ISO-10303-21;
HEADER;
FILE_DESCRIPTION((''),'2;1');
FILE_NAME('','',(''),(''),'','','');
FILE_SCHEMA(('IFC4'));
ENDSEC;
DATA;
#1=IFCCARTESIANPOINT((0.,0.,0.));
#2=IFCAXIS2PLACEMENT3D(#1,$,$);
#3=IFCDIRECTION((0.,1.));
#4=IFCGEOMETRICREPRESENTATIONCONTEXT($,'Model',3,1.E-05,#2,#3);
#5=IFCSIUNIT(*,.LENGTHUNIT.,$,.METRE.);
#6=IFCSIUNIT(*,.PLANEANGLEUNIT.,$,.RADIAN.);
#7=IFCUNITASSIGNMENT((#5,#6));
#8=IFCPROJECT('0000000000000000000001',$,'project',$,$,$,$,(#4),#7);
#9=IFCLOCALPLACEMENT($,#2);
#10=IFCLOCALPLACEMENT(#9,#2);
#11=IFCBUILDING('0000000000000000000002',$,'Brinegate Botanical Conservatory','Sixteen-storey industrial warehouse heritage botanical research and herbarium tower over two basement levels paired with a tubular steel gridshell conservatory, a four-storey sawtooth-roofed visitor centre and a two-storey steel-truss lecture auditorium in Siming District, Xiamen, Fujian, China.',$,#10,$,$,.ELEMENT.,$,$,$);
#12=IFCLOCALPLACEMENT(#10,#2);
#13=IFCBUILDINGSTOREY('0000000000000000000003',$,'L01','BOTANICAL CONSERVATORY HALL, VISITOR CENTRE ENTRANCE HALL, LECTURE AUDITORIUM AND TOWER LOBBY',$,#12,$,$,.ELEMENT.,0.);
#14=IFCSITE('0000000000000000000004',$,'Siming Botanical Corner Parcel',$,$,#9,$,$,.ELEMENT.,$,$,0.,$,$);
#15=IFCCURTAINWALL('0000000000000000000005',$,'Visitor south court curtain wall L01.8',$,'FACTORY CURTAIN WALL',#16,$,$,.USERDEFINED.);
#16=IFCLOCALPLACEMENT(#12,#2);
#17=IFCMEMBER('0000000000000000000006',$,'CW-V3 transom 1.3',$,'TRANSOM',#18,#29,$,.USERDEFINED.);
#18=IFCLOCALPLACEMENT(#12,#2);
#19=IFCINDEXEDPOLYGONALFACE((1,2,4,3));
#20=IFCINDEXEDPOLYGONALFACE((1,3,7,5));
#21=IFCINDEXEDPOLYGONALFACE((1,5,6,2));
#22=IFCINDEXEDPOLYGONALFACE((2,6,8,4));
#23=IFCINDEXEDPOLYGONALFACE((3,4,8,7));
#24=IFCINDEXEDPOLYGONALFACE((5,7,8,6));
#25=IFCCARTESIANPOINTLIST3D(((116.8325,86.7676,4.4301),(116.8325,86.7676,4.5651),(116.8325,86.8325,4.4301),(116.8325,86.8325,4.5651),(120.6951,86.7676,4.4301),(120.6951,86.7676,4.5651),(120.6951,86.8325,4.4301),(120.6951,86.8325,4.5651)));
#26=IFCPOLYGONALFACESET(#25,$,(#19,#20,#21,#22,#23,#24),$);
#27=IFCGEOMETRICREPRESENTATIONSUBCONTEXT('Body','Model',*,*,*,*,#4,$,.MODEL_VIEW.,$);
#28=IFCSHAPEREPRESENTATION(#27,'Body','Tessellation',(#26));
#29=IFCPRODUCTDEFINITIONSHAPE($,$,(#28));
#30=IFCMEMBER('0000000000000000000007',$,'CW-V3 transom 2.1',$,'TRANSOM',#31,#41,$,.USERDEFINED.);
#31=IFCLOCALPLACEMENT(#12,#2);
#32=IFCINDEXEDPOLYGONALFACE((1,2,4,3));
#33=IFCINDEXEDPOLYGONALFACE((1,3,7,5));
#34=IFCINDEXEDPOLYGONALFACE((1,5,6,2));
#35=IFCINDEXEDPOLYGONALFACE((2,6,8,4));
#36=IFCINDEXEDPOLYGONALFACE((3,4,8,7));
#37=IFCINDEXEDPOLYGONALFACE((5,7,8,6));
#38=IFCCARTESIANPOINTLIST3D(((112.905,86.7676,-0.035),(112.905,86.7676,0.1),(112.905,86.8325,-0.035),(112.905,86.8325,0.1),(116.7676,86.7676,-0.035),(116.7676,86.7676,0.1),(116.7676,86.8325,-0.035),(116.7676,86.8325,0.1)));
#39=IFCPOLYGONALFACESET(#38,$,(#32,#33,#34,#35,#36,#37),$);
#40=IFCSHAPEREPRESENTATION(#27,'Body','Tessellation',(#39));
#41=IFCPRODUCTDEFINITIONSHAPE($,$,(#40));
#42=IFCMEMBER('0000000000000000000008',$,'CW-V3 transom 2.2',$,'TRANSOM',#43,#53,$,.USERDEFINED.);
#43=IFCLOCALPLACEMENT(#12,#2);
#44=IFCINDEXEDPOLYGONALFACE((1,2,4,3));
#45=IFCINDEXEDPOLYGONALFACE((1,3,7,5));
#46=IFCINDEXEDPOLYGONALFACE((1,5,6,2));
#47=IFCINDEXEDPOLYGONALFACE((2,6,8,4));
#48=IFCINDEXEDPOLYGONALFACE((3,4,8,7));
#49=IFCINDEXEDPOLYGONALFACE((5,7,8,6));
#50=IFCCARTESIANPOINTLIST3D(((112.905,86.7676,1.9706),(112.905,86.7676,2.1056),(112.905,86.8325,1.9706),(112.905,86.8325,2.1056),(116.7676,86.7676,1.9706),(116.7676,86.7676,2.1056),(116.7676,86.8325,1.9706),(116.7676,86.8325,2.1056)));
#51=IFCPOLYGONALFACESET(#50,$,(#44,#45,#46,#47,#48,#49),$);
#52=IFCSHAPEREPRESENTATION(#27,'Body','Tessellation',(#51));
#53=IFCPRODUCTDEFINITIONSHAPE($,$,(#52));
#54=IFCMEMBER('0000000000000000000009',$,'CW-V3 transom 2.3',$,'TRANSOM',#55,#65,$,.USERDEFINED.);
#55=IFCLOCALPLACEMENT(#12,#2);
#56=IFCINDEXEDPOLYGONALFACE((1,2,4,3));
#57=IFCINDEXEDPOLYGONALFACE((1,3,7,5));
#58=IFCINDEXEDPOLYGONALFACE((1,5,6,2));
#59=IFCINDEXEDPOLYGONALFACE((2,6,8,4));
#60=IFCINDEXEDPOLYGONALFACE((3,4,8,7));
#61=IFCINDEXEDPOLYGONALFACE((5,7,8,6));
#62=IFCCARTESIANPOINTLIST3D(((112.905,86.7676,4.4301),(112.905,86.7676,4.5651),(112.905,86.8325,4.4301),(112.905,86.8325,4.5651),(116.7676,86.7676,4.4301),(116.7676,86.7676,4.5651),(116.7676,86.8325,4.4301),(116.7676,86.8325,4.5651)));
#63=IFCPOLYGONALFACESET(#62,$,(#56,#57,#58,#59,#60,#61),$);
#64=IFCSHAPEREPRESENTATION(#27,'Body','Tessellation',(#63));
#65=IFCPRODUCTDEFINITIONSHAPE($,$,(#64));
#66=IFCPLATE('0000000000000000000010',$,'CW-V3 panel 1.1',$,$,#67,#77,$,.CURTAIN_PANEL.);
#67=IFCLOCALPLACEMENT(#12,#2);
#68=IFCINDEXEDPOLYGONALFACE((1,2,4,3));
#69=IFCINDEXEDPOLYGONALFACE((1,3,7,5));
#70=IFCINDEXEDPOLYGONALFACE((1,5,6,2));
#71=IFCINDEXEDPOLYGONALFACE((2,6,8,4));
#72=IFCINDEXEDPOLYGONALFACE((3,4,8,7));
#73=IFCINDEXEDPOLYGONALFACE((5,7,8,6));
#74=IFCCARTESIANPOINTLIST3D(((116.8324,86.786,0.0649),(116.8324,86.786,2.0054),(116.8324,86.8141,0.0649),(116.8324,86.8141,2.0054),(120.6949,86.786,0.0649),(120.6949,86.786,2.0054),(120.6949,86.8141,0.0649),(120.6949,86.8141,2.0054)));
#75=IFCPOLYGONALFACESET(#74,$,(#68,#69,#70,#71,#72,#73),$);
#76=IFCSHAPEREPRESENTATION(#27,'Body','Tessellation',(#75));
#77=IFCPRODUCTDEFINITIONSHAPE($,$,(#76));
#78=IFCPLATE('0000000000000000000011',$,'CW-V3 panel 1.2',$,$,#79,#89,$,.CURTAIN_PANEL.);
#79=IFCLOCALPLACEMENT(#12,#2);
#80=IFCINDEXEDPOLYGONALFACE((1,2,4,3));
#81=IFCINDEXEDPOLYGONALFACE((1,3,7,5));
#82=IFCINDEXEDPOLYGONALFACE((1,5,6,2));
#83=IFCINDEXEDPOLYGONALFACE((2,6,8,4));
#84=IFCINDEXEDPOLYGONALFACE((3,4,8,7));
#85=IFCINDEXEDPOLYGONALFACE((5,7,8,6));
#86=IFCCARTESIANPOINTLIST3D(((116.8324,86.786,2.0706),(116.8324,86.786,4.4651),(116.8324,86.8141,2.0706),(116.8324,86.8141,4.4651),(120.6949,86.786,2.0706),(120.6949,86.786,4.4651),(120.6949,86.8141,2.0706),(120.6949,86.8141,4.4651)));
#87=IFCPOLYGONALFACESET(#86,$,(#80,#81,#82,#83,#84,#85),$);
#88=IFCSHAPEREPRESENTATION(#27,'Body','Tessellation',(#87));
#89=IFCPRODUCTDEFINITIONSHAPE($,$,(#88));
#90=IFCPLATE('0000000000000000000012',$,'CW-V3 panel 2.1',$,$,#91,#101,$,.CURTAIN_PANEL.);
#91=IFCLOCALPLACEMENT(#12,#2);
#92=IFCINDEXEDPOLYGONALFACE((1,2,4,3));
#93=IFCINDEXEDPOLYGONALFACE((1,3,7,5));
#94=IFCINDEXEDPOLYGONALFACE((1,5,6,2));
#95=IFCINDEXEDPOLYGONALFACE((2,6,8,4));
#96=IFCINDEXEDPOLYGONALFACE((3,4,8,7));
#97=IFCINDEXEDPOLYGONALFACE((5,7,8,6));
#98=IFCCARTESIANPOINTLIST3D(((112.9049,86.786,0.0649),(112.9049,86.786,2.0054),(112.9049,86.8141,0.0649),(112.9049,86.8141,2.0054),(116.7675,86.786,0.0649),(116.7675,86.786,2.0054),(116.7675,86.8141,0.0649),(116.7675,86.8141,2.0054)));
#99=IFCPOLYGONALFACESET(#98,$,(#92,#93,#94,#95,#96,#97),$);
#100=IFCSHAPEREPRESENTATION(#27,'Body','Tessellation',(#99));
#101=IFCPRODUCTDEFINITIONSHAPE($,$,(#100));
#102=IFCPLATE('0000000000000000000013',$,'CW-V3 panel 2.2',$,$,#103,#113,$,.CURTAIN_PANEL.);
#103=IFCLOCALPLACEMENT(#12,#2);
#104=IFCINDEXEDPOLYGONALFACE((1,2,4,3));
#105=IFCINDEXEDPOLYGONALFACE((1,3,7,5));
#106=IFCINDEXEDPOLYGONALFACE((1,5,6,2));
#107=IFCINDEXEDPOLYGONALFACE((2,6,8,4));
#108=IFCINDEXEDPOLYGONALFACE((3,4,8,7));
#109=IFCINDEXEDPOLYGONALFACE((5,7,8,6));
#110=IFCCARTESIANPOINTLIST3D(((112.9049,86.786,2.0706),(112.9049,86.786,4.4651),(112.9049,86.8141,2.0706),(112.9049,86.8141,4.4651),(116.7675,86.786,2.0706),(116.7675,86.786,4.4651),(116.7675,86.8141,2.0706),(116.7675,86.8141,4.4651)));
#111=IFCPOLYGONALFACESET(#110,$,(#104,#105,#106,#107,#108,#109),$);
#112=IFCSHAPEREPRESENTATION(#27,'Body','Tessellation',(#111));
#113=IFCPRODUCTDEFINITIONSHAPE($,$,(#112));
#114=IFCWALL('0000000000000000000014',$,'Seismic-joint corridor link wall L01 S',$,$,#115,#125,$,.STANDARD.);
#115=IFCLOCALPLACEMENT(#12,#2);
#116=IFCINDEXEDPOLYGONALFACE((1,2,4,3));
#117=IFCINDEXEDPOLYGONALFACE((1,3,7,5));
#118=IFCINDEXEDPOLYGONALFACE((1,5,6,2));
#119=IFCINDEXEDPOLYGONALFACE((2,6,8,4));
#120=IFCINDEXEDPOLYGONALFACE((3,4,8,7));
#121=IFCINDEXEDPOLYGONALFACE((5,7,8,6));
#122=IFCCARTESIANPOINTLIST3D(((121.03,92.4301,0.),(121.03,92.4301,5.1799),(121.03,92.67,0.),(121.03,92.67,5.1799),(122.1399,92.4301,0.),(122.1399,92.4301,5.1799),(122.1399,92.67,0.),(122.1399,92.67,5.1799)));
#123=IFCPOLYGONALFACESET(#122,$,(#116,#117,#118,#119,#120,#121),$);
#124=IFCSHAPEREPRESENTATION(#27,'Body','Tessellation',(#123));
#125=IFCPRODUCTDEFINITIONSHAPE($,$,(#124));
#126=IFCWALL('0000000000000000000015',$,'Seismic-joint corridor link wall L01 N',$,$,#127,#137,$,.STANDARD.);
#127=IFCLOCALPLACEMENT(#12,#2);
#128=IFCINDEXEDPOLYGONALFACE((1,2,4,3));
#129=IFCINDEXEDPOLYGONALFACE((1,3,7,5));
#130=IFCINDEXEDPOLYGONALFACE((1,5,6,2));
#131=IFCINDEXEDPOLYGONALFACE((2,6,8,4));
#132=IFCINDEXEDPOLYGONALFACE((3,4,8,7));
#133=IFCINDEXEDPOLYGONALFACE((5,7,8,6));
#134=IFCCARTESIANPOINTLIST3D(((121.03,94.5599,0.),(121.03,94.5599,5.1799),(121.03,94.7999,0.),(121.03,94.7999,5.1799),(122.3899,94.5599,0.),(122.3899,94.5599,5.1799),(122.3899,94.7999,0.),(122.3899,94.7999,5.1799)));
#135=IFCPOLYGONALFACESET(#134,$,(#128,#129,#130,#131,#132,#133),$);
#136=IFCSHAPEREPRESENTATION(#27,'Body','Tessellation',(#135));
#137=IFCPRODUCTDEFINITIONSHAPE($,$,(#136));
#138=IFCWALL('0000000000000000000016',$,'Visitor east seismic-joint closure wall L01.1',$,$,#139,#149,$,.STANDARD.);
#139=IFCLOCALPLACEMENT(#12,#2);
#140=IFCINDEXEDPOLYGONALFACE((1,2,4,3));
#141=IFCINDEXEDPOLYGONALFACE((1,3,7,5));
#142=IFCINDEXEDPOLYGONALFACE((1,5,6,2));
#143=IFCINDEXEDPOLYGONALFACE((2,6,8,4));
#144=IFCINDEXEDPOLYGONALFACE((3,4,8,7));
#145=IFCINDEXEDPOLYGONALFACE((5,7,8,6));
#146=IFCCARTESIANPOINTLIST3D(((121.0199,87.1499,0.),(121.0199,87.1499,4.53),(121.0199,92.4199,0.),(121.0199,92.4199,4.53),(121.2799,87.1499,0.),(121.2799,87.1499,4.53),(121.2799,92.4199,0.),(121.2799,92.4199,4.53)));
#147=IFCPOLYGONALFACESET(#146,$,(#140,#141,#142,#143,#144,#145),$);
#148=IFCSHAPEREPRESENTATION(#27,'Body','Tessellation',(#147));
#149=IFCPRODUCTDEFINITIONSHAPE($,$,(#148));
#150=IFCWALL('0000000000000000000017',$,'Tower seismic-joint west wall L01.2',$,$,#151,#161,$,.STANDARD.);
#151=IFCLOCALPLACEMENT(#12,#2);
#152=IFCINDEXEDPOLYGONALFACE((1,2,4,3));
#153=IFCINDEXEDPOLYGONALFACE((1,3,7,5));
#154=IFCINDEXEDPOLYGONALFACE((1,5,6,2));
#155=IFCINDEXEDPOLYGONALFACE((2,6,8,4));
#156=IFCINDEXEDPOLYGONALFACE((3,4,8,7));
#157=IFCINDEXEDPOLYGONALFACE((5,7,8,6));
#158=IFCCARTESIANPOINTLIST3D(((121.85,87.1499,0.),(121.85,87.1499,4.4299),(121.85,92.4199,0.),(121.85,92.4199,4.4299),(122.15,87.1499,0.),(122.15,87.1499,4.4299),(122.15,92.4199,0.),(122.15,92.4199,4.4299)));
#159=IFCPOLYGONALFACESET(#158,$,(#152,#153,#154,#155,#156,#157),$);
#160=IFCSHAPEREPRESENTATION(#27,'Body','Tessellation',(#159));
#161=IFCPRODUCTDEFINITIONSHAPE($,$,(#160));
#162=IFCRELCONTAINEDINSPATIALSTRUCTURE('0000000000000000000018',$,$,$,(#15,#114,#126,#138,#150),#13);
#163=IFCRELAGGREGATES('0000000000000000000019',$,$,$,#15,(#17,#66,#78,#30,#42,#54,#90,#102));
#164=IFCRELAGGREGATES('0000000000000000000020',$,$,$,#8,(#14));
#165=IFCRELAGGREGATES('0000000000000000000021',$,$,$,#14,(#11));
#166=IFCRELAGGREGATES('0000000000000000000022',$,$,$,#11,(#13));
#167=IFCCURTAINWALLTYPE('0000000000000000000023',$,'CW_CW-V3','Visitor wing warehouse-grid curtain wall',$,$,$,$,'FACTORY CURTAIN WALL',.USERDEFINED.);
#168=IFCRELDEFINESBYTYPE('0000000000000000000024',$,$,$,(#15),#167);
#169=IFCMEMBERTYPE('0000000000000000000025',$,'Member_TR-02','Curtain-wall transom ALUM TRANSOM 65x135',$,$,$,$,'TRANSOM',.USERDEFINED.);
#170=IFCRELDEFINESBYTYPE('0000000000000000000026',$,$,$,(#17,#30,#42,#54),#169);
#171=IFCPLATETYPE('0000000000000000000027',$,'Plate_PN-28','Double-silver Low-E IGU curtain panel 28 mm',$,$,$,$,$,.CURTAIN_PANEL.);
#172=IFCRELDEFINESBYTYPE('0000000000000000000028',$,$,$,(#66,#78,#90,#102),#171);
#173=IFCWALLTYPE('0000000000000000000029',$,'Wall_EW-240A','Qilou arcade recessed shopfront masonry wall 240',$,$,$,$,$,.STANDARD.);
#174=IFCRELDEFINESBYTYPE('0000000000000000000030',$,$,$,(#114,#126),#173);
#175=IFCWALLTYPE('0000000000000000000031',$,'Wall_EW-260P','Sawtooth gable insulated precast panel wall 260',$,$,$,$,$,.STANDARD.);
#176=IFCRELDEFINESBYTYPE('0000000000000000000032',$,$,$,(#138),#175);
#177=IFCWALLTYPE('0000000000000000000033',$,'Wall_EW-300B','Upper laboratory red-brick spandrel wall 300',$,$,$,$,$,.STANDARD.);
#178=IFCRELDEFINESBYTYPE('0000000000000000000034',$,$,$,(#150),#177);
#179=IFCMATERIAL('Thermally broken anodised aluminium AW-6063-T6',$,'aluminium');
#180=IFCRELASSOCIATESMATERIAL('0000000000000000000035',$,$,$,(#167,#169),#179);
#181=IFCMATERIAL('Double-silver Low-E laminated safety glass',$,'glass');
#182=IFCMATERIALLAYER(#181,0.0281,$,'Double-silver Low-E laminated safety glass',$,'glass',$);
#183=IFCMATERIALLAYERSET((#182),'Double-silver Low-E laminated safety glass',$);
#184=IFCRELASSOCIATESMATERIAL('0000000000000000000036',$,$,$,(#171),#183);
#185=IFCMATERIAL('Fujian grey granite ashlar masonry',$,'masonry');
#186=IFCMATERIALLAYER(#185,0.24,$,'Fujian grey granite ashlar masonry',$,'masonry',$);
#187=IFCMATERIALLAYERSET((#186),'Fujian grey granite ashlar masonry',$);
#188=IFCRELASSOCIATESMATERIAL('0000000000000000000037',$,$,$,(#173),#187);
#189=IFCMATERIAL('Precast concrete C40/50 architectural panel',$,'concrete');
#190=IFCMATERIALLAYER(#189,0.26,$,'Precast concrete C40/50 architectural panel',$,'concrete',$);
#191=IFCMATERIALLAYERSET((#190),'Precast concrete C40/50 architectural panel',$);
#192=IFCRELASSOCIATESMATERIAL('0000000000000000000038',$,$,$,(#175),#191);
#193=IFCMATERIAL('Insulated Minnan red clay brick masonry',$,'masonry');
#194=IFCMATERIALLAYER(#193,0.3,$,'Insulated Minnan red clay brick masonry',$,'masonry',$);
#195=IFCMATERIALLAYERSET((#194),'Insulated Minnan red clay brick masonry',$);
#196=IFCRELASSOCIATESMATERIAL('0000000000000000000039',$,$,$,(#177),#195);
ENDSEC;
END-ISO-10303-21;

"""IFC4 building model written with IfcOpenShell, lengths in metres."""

from ifc_helpers import new_model, si_unit, direction, frame, frame_2d, origin, origin_2d, place, context, subcontext, project, spatial, rectangle, extrude, material, layer, layer_set, material_profile, profile_set, type_object, element, aggregate, save


model = new_model("IFC4")

# Units and contexts
model_context = context("Model", 3, precision=1e-05, world=origin(), true_north=direction((0.0, 1.0)))
body_context = subcontext(model_context, "Body", "Model", "MODEL_VIEW")
ifc_project = project(units=[si_unit("LENGTHUNIT", "METRE"), si_unit("PLANEANGLEUNIT", "RADIAN")], contexts=[model_context])

# Site, building, storey
site_placement = place(None, origin())
site = spatial("IfcSite", under=ifc_project, at=site_placement, Name="Siming Botanical Corner Parcel", CompositionType="ELEMENT", RefElevation=0.0)
building_placement = place(site_placement, origin())
building = spatial("IfcBuilding", under=site, at=building_placement, Name="Brinegate Botanical Conservatory", Description="Sixteen-storey industrial warehouse heritage botanical research and herbarium tower over two basement levels paired with a tubular steel gridshell conservatory, a four-storey sawtooth-roofed visitor centre and a two-storey steel-truss lecture auditorium in Siming District, Xiamen, Fujian, China.", CompositionType="ELEMENT")
storey_placement = place(building_placement, origin())
storey = spatial("IfcBuildingStorey", under=building, at=storey_placement, Name="L01", Description="BOTANICAL CONSERVATORY HALL, VISITOR CENTRE ENTRANCE HALL, LECTURE AUDITORIUM AND TOWER LOBBY", CompositionType="ELEMENT", Elevation=0.0)

# Curtain wall, members, plates
ifc_material_1 = material(Name="Thermally broken anodised aluminium AW-6063-T6", Category="aluminium")
curtain_wall_type = type_object("IfcCurtainWallType", Name="CW_CW-V3", Description="Visitor wing warehouse-grid curtain wall", ElementType="FACTORY CURTAIN WALL", PredefinedType="USERDEFINED", material=ifc_material_1)
curtain_wall_placement = place(storey_placement, origin())
curtain_wall = element("IfcCurtainWall", 1, at=curtain_wall_placement, inside=storey, type_object=curtain_wall_type, Name="Visitor south court curtain wall L01.8", ObjectType="FACTORY CURTAIN WALL", PredefinedType="USERDEFINED")
ifc_material_profile_1 = material_profile(ifc_material_1, rectangle(XDim=0.0649, YDim=0.135, at=origin_2d()), Name="ALUM TRANSOM 65x135")
ifc_profile_set_1 = profile_set([ifc_material_profile_1], Name="Thermally broken anodised aluminium AW-6063-T6")
member_type_1 = type_object("IfcMemberType", Name="Member_TR-02", Description="Curtain-wall transom ALUM TRANSOM 65x135", ElementType="TRANSOM", PredefinedType="USERDEFINED", material=ifc_profile_set_1)
member_1_placement = place(storey_placement, frame((120.6951, 86.8, 4.4976), z_axis=(-1.0, 0.0, 0.0), x_axis=(0.0, -1.0, 0.0)))
member_1 = element("IfcMember", 2, at=member_1_placement, type_object=member_type_1, Name="CW-V3 transom 1.3", ObjectType="TRANSOM", PredefinedType="USERDEFINED", context=body_context, shape_type="SweptSolid", body=[
    extrude(rectangle(XDim=0.0649, YDim=0.135, at=origin_2d()), origin(), (0.0, 0.0, 1.0), 3.8625),
])
member_2_placement = place(storey_placement, frame((116.7676, 86.8, 0.0325), z_axis=(-1.0, 0.0, 0.0), x_axis=(0.0, -1.0, 0.0)))
member_2 = element("IfcMember", 3, at=member_2_placement, type_object=member_type_1, Name="CW-V3 transom 2.1", ObjectType="TRANSOM", PredefinedType="USERDEFINED", context=body_context, shape_type="SweptSolid", body=[
    extrude(rectangle(XDim=0.0649, YDim=0.135, at=origin_2d()), origin(), (0.0, 0.0, 1.0), 3.8625),
])
member_3_placement = place(storey_placement, frame((116.7676, 86.8, 2.0381), z_axis=(-1.0, 0.0, 0.0), x_axis=(0.0, -1.0, 0.0)))
member_3 = element("IfcMember", 4, at=member_3_placement, type_object=member_type_1, Name="CW-V3 transom 2.2", ObjectType="TRANSOM", PredefinedType="USERDEFINED", context=body_context, shape_type="SweptSolid", body=[
    extrude(rectangle(XDim=0.0649, YDim=0.135, at=origin_2d()), origin(), (0.0, 0.0, 1.0), 3.8625),
])
member_4_placement = place(storey_placement, frame((116.7676, 86.8, 4.4976), z_axis=(-1.0, 0.0, 0.0), x_axis=(0.0, -1.0, 0.0)))
member_4 = element("IfcMember", 5, at=member_4_placement, type_object=member_type_1, Name="CW-V3 transom 2.3", ObjectType="TRANSOM", PredefinedType="USERDEFINED", context=body_context, shape_type="SweptSolid", body=[
    extrude(rectangle(XDim=0.0649, YDim=0.135, at=origin_2d()), origin(), (0.0, 0.0, 1.0), 3.8625),
])
ifc_material_2 = material(Name="Double-silver Low-E laminated safety glass", Category="glass")
ifc_layer_1 = layer(ifc_material_2, 0.0281, Name="Double-silver Low-E laminated safety glass", Category="glass")
ifc_layer_set_1 = layer_set([ifc_layer_1], Name="Double-silver Low-E laminated safety glass")
plate_type = type_object("IfcPlateType", Name="Plate_PN-28", Description="Double-silver Low-E IGU curtain panel 28 mm", PredefinedType="CURTAIN_PANEL", material=ifc_layer_set_1)
plate_1_placement = place(storey_placement, frame((118.7637, 86.8, 0.0649), z_axis=(0.0, 0.0, 1.0), x_axis=(-1.0, 0.0, 0.0)))
plate_1 = element("IfcPlate", 6, at=plate_1_placement, type_object=plate_type, Name="CW-V3 panel 1.1", PredefinedType="CURTAIN_PANEL", context=body_context, shape_type="SweptSolid", body=[
    extrude(rectangle(XDim=3.8625, YDim=0.0281, at=origin_2d()), origin(), (0.0, 0.0, 1.0), 1.9404),
])
plate_2_placement = place(storey_placement, frame((118.7637, 86.8, 2.0706), z_axis=(0.0, 0.0, 1.0), x_axis=(-1.0, 0.0, 0.0)))
plate_2 = element("IfcPlate", 7, at=plate_2_placement, type_object=plate_type, Name="CW-V3 panel 1.2", PredefinedType="CURTAIN_PANEL", context=body_context, shape_type="SweptSolid", body=[
    extrude(rectangle(XDim=3.8625, YDim=0.0281, at=origin_2d()), origin(), (0.0, 0.0, 1.0), 2.3945),
])
plate_3_placement = place(storey_placement, frame((114.8362, 86.8, 0.0649), z_axis=(0.0, 0.0, 1.0), x_axis=(-1.0, 0.0, 0.0)))
plate_3 = element("IfcPlate", 8, at=plate_3_placement, type_object=plate_type, Name="CW-V3 panel 2.1", PredefinedType="CURTAIN_PANEL", context=body_context, shape_type="SweptSolid", body=[
    extrude(rectangle(XDim=3.8625, YDim=0.0281, at=origin_2d()), origin(), (0.0, 0.0, 1.0), 1.9404),
])
plate_4_placement = place(storey_placement, frame((114.8362, 86.8, 2.0706), z_axis=(0.0, 0.0, 1.0), x_axis=(-1.0, 0.0, 0.0)))
plate_4 = element("IfcPlate", 9, at=plate_4_placement, type_object=plate_type, Name="CW-V3 panel 2.2", PredefinedType="CURTAIN_PANEL", context=body_context, shape_type="SweptSolid", body=[
    extrude(rectangle(XDim=3.8625, YDim=0.0281, at=origin_2d()), origin(), (0.0, 0.0, 1.0), 2.3945),
])
aggregate(curtain_wall, [member_1, plate_1, plate_2, member_2, member_3, member_4, plate_3, plate_4])

# Walls
ifc_material_3 = material(Name="Fujian grey granite ashlar masonry", Category="masonry")
ifc_layer_2 = layer(ifc_material_3, 0.24, Name="Fujian grey granite ashlar masonry", Category="masonry")
ifc_layer_set_2 = layer_set([ifc_layer_2], Name="Fujian grey granite ashlar masonry")
wall_type_1 = type_object("IfcWallType", Name="Wall_EW-240A", Description="Qilou arcade recessed shopfront masonry wall 240", PredefinedType="STANDARD", material=ifc_layer_set_2)
wall_1_placement = place(storey_placement, frame((122.1399, 92.55, 0.0), z_axis=(0.0, 0.0, 1.0), x_axis=(-1.0, 0.0, 0.0)))
element("IfcWall", 10, at=wall_1_placement, inside=storey, type_object=wall_type_1, Name="Seismic-joint corridor link wall L01 S", PredefinedType="STANDARD", context=body_context, shape_type="SweptSolid", body=[
    extrude(rectangle(XDim=1.1099, YDim=0.24, at=frame_2d((0.5549, 0.0))), origin(), (0.0, 0.0, 1.0), 5.1799),
])
wall_2_placement = place(storey_placement, frame((121.03, 94.6799, 0.0), z_axis=(0.0, 0.0, 1.0), x_axis=(1.0, 0.0, 0.0)))
element("IfcWall", 11, at=wall_2_placement, inside=storey, type_object=wall_type_1, Name="Seismic-joint corridor link wall L01 N", PredefinedType="STANDARD", context=body_context, shape_type="SweptSolid", body=[
    extrude(rectangle(XDim=1.3599, YDim=0.24, at=frame_2d((0.6799, 0.0))), origin(), (0.0, 0.0, 1.0), 5.1799),
])
ifc_material_4 = material(Name="Precast concrete C40/50 architectural panel", Category="concrete")
ifc_layer_3 = layer(ifc_material_4, 0.26, Name="Precast concrete C40/50 architectural panel", Category="concrete")
ifc_layer_set_3 = layer_set([ifc_layer_3], Name="Precast concrete C40/50 architectural panel")
wall_type_2 = type_object("IfcWallType", Name="Wall_EW-260P", Description="Sawtooth gable insulated precast panel wall 260", PredefinedType="STANDARD", material=ifc_layer_set_3)
wall_3_placement = place(storey_placement, frame((121.1499, 92.4199, 0.0), z_axis=(0.0, 0.0, 1.0), x_axis=(0.0, -1.0, 0.0)))
element("IfcWall", 12, at=wall_3_placement, inside=storey, type_object=wall_type_2, Name="Visitor east seismic-joint closure wall L01.1", PredefinedType="STANDARD", context=body_context, shape_type="SweptSolid", body=[
    extrude(rectangle(XDim=5.27, YDim=0.26, at=frame_2d((2.635, 0.0))), origin(), (0.0, 0.0, 1.0), 4.53),
])
ifc_material_5 = material(Name="Insulated Minnan red clay brick masonry", Category="masonry")
ifc_layer_4 = layer(ifc_material_5, 0.3, Name="Insulated Minnan red clay brick masonry", Category="masonry")
ifc_layer_set_4 = layer_set([ifc_layer_4], Name="Insulated Minnan red clay brick masonry")
wall_type_3 = type_object("IfcWallType", Name="Wall_EW-300B", Description="Upper laboratory red-brick spandrel wall 300", PredefinedType="STANDARD", material=ifc_layer_set_4)
wall_4_placement = place(storey_placement, frame((122.0, 87.1499, 0.0), z_axis=(0.0, 0.0, 1.0), x_axis=(0.0, 1.0, 0.0)))
element("IfcWall", 13, at=wall_4_placement, inside=storey, type_object=wall_type_3, Name="Tower seismic-joint west wall L01.2", PredefinedType="STANDARD", context=body_context, shape_type="SweptSolid", body=[
    extrude(rectangle(XDim=5.27, YDim=0.3, at=frame_2d((2.635, 0.0))), origin(), (0.0, 0.0, 1.0), 4.4299),
])

save(model, "model.ifc")
